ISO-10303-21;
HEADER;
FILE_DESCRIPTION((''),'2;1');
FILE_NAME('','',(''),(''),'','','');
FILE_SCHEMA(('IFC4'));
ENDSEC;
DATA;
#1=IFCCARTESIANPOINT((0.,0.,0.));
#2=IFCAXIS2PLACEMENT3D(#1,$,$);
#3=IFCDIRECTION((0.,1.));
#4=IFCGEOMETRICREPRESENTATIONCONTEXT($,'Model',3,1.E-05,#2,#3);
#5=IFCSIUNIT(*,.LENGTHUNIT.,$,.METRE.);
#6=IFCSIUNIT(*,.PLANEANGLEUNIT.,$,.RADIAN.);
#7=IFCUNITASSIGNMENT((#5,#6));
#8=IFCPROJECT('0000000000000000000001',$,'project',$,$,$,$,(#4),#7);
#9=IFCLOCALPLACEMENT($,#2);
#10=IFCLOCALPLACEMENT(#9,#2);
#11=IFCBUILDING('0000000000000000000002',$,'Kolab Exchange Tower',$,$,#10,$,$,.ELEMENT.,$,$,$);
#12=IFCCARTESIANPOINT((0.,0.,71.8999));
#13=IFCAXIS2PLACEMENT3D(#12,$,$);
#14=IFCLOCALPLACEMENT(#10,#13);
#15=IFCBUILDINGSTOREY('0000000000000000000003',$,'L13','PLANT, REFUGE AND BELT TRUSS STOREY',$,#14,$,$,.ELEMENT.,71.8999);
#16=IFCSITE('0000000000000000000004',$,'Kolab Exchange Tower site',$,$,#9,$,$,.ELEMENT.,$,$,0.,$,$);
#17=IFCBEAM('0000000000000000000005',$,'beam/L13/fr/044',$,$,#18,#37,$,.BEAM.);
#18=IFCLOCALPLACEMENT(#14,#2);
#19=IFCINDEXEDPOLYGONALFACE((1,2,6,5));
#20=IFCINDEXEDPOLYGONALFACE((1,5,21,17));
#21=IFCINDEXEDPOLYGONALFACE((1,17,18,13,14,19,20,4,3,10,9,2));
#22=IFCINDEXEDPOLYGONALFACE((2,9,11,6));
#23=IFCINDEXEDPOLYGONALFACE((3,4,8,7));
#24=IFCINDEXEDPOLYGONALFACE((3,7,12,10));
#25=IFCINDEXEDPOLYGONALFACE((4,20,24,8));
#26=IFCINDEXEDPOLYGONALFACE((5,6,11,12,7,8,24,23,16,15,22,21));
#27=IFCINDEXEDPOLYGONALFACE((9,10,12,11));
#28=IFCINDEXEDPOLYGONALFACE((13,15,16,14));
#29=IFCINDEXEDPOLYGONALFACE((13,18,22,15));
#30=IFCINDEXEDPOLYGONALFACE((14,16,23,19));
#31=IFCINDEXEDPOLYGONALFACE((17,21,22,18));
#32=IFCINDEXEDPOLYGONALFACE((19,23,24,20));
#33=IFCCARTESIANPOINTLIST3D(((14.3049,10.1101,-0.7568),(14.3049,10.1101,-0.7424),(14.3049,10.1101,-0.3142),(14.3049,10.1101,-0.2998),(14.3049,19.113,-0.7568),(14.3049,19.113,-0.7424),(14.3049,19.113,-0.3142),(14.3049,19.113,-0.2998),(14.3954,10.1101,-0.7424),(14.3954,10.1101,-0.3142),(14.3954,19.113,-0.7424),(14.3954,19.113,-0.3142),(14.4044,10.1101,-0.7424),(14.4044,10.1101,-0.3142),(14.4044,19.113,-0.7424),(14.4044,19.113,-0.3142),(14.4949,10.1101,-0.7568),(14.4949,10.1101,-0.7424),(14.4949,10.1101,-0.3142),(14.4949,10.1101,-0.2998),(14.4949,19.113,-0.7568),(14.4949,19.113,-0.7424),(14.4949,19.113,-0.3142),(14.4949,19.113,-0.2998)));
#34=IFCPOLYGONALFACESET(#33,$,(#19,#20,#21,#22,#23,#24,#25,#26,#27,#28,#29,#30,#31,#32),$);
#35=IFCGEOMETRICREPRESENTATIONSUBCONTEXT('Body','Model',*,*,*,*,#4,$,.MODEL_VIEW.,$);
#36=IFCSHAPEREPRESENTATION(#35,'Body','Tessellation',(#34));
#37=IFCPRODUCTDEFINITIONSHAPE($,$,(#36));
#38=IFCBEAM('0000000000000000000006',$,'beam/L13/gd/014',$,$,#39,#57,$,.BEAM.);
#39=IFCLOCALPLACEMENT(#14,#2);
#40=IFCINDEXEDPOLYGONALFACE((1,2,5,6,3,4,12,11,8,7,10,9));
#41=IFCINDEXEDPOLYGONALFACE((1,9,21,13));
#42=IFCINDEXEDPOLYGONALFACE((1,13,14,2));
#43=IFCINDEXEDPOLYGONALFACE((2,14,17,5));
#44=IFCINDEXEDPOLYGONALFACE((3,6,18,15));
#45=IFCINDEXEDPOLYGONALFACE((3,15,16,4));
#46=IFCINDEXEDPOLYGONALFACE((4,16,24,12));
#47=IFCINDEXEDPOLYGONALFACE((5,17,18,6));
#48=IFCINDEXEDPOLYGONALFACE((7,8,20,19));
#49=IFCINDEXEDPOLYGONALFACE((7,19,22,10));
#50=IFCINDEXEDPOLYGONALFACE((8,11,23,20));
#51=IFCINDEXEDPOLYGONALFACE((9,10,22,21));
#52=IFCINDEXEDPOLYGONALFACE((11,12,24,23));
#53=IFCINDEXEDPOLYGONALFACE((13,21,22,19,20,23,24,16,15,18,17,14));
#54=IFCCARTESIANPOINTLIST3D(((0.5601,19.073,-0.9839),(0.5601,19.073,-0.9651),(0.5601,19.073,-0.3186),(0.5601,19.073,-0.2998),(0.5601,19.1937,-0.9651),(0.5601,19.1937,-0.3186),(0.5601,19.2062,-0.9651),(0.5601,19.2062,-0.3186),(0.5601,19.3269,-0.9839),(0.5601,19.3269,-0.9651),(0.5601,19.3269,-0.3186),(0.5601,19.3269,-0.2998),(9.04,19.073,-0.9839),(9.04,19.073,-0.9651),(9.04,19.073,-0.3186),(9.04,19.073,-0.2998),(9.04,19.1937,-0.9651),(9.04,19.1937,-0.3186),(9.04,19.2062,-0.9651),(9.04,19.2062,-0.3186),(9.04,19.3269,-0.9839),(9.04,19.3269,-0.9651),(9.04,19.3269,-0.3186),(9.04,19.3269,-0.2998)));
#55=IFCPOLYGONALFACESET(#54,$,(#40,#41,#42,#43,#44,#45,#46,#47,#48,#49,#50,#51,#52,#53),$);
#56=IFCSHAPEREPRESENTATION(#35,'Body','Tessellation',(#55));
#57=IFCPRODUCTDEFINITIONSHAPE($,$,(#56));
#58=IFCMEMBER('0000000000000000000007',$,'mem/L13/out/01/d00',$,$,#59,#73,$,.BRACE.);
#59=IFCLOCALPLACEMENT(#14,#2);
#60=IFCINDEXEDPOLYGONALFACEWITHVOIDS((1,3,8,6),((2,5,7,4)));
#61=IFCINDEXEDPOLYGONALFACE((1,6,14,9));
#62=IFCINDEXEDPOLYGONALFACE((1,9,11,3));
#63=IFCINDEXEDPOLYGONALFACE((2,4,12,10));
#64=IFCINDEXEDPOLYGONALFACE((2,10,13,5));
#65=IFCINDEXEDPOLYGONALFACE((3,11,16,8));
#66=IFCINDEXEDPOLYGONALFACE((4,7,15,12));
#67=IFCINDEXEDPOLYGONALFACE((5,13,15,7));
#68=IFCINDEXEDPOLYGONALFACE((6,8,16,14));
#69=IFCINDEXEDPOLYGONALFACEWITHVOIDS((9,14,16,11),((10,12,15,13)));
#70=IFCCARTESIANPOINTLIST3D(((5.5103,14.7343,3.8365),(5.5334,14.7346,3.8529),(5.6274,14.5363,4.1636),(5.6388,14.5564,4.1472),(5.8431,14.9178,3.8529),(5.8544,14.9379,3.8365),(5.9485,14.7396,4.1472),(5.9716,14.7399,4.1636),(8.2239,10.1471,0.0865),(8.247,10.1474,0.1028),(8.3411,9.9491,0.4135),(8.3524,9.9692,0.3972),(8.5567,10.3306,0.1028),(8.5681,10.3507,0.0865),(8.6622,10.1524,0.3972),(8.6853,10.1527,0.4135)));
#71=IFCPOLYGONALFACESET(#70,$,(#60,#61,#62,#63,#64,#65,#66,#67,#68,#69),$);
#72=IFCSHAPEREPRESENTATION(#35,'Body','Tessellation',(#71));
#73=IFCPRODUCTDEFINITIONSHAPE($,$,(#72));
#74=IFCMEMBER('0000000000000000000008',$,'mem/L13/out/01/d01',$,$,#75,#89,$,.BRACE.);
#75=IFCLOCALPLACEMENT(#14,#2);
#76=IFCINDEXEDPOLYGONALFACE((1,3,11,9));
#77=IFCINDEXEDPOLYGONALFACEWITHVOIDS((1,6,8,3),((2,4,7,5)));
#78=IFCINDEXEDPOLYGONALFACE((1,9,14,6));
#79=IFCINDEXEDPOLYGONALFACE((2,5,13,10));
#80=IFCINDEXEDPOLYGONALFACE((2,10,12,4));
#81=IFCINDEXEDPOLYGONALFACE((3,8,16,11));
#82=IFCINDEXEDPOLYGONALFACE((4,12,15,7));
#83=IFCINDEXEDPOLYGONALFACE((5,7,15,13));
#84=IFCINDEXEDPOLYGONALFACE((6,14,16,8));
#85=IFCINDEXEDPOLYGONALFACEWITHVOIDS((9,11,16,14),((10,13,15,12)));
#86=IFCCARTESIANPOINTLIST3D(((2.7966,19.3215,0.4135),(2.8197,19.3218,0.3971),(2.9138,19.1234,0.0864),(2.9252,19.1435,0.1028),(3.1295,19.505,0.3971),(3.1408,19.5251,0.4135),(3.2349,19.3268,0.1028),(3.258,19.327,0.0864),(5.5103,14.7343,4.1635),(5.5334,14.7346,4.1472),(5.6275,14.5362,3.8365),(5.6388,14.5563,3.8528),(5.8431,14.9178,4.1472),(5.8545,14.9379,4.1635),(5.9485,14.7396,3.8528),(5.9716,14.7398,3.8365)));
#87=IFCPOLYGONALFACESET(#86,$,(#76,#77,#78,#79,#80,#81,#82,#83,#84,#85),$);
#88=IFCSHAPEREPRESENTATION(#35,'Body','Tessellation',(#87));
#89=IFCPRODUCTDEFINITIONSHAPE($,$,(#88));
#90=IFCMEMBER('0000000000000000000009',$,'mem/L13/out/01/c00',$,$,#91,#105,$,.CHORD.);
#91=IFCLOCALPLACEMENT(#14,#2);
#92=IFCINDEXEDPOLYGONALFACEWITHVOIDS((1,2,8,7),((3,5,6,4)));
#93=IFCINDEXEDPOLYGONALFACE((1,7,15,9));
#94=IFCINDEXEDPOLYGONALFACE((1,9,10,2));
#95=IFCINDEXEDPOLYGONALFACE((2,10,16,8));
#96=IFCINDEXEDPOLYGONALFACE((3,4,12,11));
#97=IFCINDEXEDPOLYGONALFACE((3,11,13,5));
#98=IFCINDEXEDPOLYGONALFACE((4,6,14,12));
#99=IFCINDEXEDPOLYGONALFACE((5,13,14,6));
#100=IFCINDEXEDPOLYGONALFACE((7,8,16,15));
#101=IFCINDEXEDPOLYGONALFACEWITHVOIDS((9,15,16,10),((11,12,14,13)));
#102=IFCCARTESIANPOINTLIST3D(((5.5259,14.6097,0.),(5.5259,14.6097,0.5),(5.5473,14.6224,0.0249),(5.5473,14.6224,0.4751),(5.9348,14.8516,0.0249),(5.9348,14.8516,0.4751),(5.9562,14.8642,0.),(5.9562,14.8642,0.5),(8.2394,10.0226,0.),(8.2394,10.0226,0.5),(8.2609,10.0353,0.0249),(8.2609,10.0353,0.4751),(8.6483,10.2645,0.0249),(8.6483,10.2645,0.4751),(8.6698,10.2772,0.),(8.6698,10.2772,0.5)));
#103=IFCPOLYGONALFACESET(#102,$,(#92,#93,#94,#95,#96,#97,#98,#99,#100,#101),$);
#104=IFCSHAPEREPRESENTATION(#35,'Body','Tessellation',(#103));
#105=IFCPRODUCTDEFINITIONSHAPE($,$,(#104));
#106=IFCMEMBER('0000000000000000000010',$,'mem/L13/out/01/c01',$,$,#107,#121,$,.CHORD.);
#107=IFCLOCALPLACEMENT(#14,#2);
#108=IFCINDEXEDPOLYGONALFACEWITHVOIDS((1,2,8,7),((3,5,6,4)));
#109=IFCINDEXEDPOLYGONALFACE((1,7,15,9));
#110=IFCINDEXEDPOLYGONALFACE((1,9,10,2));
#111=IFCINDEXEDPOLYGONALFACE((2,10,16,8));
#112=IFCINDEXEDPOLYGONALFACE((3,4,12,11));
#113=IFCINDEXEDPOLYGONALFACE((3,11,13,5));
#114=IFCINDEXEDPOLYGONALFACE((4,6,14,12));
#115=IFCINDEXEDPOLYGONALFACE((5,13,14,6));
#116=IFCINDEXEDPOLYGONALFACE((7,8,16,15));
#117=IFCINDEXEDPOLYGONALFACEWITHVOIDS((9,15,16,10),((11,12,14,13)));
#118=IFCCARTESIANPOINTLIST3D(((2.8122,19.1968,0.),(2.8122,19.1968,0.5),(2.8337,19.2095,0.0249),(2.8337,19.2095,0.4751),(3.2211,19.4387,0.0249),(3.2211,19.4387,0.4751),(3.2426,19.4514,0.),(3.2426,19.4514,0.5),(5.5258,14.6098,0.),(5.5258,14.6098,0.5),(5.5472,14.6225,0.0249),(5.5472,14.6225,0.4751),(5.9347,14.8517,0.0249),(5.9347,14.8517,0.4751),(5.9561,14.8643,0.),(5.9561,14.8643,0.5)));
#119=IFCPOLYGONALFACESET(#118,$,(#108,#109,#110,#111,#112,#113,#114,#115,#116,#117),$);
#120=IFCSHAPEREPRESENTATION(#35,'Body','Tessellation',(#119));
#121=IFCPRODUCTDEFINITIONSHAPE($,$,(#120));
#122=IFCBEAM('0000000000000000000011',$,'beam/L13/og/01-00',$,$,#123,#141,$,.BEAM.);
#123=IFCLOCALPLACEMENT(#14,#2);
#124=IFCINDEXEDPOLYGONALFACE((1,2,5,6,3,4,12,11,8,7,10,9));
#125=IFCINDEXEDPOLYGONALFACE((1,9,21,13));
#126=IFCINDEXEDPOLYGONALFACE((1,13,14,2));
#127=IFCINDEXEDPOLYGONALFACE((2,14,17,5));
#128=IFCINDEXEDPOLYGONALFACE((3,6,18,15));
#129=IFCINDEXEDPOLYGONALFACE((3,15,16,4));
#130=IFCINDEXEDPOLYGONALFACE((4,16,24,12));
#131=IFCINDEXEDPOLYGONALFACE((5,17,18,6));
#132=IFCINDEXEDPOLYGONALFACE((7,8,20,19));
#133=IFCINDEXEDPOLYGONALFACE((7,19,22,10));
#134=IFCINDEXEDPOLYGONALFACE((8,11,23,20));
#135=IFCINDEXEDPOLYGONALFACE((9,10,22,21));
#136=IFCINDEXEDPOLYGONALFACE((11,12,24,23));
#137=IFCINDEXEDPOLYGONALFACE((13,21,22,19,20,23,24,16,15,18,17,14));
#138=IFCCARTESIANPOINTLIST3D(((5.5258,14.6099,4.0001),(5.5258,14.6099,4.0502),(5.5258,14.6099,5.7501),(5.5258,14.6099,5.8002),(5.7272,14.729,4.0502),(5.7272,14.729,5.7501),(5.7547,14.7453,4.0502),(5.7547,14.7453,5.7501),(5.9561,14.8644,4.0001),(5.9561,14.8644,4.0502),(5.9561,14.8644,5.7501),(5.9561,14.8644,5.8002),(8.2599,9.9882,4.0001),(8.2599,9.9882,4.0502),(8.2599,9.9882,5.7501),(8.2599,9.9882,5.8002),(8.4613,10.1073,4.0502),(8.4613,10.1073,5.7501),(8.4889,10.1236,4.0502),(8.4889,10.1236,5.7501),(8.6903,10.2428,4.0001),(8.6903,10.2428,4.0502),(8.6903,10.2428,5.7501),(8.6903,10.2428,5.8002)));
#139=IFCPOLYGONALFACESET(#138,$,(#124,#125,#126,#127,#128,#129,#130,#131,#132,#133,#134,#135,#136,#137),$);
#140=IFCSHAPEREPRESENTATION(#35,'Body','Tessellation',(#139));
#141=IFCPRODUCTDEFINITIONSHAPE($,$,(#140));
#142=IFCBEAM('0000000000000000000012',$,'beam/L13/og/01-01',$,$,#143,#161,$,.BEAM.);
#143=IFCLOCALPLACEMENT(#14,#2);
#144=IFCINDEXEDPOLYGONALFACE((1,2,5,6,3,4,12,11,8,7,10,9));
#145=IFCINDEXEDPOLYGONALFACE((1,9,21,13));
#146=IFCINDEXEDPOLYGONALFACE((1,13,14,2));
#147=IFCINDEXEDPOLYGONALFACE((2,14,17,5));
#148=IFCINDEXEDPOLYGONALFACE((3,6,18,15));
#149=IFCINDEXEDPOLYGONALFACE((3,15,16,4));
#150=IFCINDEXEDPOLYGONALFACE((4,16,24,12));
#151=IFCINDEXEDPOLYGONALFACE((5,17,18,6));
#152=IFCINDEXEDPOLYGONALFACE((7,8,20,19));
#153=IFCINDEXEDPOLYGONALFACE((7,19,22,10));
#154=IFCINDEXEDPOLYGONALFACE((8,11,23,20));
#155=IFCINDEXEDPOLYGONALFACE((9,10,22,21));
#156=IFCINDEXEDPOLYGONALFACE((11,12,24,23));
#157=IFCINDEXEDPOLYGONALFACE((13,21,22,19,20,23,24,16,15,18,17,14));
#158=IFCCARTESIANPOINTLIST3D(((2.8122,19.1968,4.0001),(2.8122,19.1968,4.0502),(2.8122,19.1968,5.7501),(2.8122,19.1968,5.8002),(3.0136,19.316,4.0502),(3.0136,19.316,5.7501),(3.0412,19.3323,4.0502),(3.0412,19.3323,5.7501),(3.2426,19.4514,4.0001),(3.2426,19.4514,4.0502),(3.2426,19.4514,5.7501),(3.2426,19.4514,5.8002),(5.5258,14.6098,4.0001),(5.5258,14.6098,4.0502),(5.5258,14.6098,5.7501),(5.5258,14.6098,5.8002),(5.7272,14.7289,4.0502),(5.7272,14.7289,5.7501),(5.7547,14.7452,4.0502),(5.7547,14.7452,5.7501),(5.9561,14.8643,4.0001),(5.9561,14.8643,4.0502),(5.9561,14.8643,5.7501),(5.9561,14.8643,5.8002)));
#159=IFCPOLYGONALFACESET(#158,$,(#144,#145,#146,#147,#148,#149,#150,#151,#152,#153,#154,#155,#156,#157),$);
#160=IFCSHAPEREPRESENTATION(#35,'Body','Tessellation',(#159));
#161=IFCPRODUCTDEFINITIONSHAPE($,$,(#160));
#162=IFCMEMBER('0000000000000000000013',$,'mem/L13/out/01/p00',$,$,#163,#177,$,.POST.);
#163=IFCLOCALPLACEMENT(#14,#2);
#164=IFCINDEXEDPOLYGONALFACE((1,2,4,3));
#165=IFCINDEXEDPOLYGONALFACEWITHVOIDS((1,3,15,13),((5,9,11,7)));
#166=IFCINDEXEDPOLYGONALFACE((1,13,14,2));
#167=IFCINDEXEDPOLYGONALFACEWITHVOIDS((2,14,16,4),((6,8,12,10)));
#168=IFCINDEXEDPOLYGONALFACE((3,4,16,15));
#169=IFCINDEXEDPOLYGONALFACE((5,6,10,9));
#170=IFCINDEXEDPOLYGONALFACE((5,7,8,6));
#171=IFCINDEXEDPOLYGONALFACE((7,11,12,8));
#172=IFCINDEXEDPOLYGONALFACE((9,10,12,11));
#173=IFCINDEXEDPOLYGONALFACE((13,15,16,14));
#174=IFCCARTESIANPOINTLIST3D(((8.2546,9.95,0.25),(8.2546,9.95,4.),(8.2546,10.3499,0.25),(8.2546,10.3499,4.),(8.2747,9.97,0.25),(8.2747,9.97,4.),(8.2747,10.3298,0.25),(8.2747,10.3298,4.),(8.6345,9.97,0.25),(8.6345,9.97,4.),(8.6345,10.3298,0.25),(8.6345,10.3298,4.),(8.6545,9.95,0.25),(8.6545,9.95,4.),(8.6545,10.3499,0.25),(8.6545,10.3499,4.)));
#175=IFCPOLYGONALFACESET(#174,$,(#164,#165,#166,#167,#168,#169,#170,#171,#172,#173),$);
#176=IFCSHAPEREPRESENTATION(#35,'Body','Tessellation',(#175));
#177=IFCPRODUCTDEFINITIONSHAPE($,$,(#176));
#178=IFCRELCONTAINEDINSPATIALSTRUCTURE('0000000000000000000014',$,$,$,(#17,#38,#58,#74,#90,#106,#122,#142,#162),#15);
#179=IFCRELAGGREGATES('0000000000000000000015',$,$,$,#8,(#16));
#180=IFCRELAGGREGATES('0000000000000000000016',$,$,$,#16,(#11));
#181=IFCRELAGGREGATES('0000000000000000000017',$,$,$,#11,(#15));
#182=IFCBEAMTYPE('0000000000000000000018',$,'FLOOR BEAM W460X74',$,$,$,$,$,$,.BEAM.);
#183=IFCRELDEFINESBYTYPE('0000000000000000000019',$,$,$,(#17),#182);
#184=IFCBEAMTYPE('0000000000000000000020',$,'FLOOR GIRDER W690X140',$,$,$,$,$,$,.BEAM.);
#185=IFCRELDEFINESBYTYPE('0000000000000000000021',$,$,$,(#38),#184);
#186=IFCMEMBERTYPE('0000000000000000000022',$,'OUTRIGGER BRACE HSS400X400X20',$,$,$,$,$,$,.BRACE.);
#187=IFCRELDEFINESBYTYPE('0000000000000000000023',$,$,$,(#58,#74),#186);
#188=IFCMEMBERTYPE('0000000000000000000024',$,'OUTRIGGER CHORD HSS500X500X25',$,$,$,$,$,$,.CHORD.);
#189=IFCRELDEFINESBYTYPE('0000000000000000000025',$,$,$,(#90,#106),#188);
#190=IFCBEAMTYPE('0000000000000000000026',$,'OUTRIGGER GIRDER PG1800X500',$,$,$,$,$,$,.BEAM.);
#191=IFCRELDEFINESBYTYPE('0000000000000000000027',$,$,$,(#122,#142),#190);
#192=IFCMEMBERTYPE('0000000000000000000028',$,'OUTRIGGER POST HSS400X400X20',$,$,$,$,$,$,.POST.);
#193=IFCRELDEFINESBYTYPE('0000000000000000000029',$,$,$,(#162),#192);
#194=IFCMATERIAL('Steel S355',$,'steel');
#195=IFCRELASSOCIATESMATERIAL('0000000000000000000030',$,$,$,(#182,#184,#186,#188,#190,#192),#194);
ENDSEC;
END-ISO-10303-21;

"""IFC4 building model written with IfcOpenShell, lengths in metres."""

from ifc_helpers import new_model, si_unit, direction, frame, origin, origin_2d, place, context, subcontext, project, spatial, hollow_rectangle, i_section, extrude, material, material_profile, profile_set, type_object, element, save


model = new_model("IFC4")

# Units and contexts
model_context = context("Model", 3, precision=1e-05, world=origin(), true_north=direction((0.0, 1.0)))
body_context = subcontext(model_context, "Body", "Model", "MODEL_VIEW")
ifc_project = project(units=[si_unit("LENGTHUNIT", "METRE"), si_unit("PLANEANGLEUNIT", "RADIAN")], contexts=[model_context])

# Site, building, storey
site_placement = place(None, origin())
site = spatial("IfcSite", under=ifc_project, at=site_placement, Name="Kolab Exchange Tower site", CompositionType="ELEMENT", RefElevation=0.0)
building_placement = place(site_placement, origin())
building = spatial("IfcBuilding", under=site, at=building_placement, Name="Kolab Exchange Tower", CompositionType="ELEMENT")
storey_placement = place(building_placement, frame((0.0, 0.0, 71.8999)))
storey = spatial("IfcBuildingStorey", under=building, at=storey_placement, Name="L13", Description="PLANT, REFUGE AND BELT TRUSS STOREY", CompositionType="ELEMENT", Elevation=71.8999)

# Beams
ifc_material_1 = material(Name="Steel S355", Category="steel")
ifc_material_profile_1 = material_profile(ifc_material_1, i_section(OverallWidth=0.1899, OverallDepth=0.457, WebThickness=0.009, FlangeThickness=0.0144, at=origin_2d()), Name="W460X74")
ifc_profile_set_1 = profile_set([ifc_material_profile_1], Name="Steel S355")
beam_type_1 = type_object("IfcBeamType", Name="FLOOR BEAM W460X74", PredefinedType="BEAM", material=ifc_profile_set_1)
beam_1_placement = place(storey_placement, frame((14.3999, 10.1101, -0.5283), z_axis=(0.0, 1.0, 0.0), x_axis=(-1.0, 0.0, 0.0)))
element("IfcBeam", 1, at=beam_1_placement, inside=storey, type_object=beam_type_1, Name="beam/L13/fr/044", PredefinedType="BEAM", context=body_context, shape_type="SweptSolid", body=[
    extrude(i_section(OverallWidth=0.1899, OverallDepth=0.457, WebThickness=0.009, FlangeThickness=0.0144, at=origin_2d()), origin(), (0.0, 0.0, 1.0), 9.0029),
])
ifc_material_profile_2 = material_profile(ifc_material_1, i_section(OverallWidth=0.2539, OverallDepth=0.6841, WebThickness=0.0125, FlangeThickness=0.0188, at=origin_2d()), Name="W690X140")
ifc_profile_set_2 = profile_set([ifc_material_profile_2], Name="Steel S355")
beam_type_2 = type_object("IfcBeamType", Name="FLOOR GIRDER W690X140", PredefinedType="BEAM", material=ifc_profile_set_2)
beam_2_placement = place(storey_placement, frame((0.5601, 19.2, -0.6418), z_axis=(1.0, 0.0, 0.0), x_axis=(0.0, 1.0, 0.0)))
element("IfcBeam", 2, at=beam_2_placement, inside=storey, type_object=beam_type_2, Name="beam/L13/gd/014", PredefinedType="BEAM", context=body_context, shape_type="SweptSolid", body=[
    extrude(i_section(OverallWidth=0.2539, OverallDepth=0.6841, WebThickness=0.0125, FlangeThickness=0.0188, at=origin_2d()), origin(), (0.0, 0.0, 1.0), 8.48),
])

# Members
ifc_material_profile_3 = material_profile(ifc_material_1, hollow_rectangle(XDim=0.3999, YDim=0.3999, WallThickness=0.02, at=origin_2d()), Name="HSS400X400X20")
ifc_profile_set_3 = profile_set([ifc_material_profile_3], Name="Steel S355")
member_type_1 = type_object("IfcMemberType", Name="OUTRIGGER BRACE HSS400X400X20", PredefinedType="BRACE", material=ifc_profile_set_3)
for number, where, z_axis, x_axis, name in (
    (3, (8.4546, 10.1499, 0.25), (-0.416406, 0.703901, 0.575439), (-0.860677, -0.509151, 0.0), "mem/L13/out/01/d00"),
    (4, (5.741, 14.7371, 4.0), (-0.416406, 0.703901, -0.575439), (-0.860677, -0.509151, 0.0), "mem/L13/out/01/d01"),
):
    element("IfcMember", number, at=place(storey_placement, frame(where, z_axis=z_axis, x_axis=x_axis)), inside=storey, type_object=member_type_1, Name=name, PredefinedType="BRACE", context=body_context, shape_type="SweptSolid", body=[
        extrude(hollow_rectangle(XDim=0.3999, YDim=0.3999, WallThickness=0.02, at=origin_2d()), origin(), (0.0, 0.0, 1.0), 6.5168),
    ])
ifc_material_profile_4 = material_profile(ifc_material_1, hollow_rectangle(XDim=0.5, YDim=0.5, WallThickness=0.0249, at=origin_2d()), Name="HSS500X500X25")
ifc_profile_set_4 = profile_set([ifc_material_profile_4], Name="Steel S355")
member_type_2 = type_object("IfcMemberType", Name="OUTRIGGER CHORD HSS500X500X25", PredefinedType="CHORD", material=ifc_profile_set_4)
for number, where, z_axis, x_axis, name in (
    (5, (8.4546, 10.1499, 0.25), (-0.509151, 0.860677, 0.0), (-0.860677, -0.509151, 0.0), "mem/L13/out/01/c00"),
    (6, (5.741, 14.7371, 0.25), (-0.509151, 0.860677, 0.0), (-0.860677, -0.509151, 0.0), "mem/L13/out/01/c01"),
):
    element("IfcMember", number, at=place(storey_placement, frame(where, z_axis=z_axis, x_axis=x_axis)), inside=storey, type_object=member_type_2, Name=name, PredefinedType="CHORD", context=body_context, shape_type="SweptSolid", body=[
        extrude(hollow_rectangle(XDim=0.5, YDim=0.5, WallThickness=0.0249, at=origin_2d()), origin(), (0.0, 0.0, 1.0), 5.3296),
    ])

# Beams
ifc_material_profile_5 = material_profile(ifc_material_1, i_section(OverallWidth=0.5, OverallDepth=1.8, WebThickness=0.032, FlangeThickness=0.05, at=origin_2d()), Name="PG1800X500")
ifc_profile_set_5 = profile_set([ifc_material_profile_5], Name="Steel S355")
beam_type_3 = type_object("IfcBeamType", Name="OUTRIGGER GIRDER PG1800X500", PredefinedType="BEAM", material=ifc_profile_set_5)
beam_3_placement = place(storey_placement, frame((8.4751, 10.1155, 4.9001), z_axis=(-0.50917, 0.860666, 0.0), x_axis=(-0.860666, -0.50917, 0.0)))
element("IfcBeam", 7, at=beam_3_placement, inside=storey, type_object=beam_type_3, Name="beam/L13/og/01-00", PredefinedType="BEAM", context=body_context, shape_type="SweptSolid", body=[
    extrude(i_section(OverallWidth=0.5, OverallDepth=1.8, WebThickness=0.032, FlangeThickness=0.05, at=origin_2d()), origin(), (0.0, 0.0, 1.0), 5.3699),
])
beam_4_placement = place(storey_placement, frame((5.741, 14.7371, 4.9001), z_axis=(-0.509151, 0.860677, 0.0), x_axis=(-0.860677, -0.509151, 0.0)))
element("IfcBeam", 8, at=beam_4_placement, inside=storey, type_object=beam_type_3, Name="beam/L13/og/01-01", PredefinedType="BEAM", context=body_context, shape_type="SweptSolid", body=[
    extrude(i_section(OverallWidth=0.5, OverallDepth=1.8, WebThickness=0.032, FlangeThickness=0.05, at=origin_2d()), origin(), (0.0, 0.0, 1.0), 5.3296),
])

# Member
ifc_material_profile_6 = material_profile(ifc_material_1, hollow_rectangle(XDim=0.3999, YDim=0.3999, WallThickness=0.02, at=origin_2d()), Name="HSS400X400X20")
ifc_profile_set_6 = profile_set([ifc_material_profile_6], Name="Steel S355")
member_type_3 = type_object("IfcMemberType", Name="OUTRIGGER POST HSS400X400X20", PredefinedType="POST", material=ifc_profile_set_6)
for number, where, z_axis, x_axis, name in (
    (9, (8.4546, 10.1499, 0.25), (0.0, 0.0, 1.0), (1.0, 0.0, 0.0), "mem/L13/out/01/p00"),
):
    element("IfcMember", number, at=place(storey_placement, frame(where, z_axis=z_axis, x_axis=x_axis)), inside=storey, type_object=member_type_3, Name=name, PredefinedType="POST", context=body_context, shape_type="SweptSolid", body=[
        extrude(hollow_rectangle(XDim=0.3999, YDim=0.3999, WallThickness=0.02, at=origin_2d()), origin(), (0.0, 0.0, 1.0), 3.75),
    ])

save(model, "model.ifc")
